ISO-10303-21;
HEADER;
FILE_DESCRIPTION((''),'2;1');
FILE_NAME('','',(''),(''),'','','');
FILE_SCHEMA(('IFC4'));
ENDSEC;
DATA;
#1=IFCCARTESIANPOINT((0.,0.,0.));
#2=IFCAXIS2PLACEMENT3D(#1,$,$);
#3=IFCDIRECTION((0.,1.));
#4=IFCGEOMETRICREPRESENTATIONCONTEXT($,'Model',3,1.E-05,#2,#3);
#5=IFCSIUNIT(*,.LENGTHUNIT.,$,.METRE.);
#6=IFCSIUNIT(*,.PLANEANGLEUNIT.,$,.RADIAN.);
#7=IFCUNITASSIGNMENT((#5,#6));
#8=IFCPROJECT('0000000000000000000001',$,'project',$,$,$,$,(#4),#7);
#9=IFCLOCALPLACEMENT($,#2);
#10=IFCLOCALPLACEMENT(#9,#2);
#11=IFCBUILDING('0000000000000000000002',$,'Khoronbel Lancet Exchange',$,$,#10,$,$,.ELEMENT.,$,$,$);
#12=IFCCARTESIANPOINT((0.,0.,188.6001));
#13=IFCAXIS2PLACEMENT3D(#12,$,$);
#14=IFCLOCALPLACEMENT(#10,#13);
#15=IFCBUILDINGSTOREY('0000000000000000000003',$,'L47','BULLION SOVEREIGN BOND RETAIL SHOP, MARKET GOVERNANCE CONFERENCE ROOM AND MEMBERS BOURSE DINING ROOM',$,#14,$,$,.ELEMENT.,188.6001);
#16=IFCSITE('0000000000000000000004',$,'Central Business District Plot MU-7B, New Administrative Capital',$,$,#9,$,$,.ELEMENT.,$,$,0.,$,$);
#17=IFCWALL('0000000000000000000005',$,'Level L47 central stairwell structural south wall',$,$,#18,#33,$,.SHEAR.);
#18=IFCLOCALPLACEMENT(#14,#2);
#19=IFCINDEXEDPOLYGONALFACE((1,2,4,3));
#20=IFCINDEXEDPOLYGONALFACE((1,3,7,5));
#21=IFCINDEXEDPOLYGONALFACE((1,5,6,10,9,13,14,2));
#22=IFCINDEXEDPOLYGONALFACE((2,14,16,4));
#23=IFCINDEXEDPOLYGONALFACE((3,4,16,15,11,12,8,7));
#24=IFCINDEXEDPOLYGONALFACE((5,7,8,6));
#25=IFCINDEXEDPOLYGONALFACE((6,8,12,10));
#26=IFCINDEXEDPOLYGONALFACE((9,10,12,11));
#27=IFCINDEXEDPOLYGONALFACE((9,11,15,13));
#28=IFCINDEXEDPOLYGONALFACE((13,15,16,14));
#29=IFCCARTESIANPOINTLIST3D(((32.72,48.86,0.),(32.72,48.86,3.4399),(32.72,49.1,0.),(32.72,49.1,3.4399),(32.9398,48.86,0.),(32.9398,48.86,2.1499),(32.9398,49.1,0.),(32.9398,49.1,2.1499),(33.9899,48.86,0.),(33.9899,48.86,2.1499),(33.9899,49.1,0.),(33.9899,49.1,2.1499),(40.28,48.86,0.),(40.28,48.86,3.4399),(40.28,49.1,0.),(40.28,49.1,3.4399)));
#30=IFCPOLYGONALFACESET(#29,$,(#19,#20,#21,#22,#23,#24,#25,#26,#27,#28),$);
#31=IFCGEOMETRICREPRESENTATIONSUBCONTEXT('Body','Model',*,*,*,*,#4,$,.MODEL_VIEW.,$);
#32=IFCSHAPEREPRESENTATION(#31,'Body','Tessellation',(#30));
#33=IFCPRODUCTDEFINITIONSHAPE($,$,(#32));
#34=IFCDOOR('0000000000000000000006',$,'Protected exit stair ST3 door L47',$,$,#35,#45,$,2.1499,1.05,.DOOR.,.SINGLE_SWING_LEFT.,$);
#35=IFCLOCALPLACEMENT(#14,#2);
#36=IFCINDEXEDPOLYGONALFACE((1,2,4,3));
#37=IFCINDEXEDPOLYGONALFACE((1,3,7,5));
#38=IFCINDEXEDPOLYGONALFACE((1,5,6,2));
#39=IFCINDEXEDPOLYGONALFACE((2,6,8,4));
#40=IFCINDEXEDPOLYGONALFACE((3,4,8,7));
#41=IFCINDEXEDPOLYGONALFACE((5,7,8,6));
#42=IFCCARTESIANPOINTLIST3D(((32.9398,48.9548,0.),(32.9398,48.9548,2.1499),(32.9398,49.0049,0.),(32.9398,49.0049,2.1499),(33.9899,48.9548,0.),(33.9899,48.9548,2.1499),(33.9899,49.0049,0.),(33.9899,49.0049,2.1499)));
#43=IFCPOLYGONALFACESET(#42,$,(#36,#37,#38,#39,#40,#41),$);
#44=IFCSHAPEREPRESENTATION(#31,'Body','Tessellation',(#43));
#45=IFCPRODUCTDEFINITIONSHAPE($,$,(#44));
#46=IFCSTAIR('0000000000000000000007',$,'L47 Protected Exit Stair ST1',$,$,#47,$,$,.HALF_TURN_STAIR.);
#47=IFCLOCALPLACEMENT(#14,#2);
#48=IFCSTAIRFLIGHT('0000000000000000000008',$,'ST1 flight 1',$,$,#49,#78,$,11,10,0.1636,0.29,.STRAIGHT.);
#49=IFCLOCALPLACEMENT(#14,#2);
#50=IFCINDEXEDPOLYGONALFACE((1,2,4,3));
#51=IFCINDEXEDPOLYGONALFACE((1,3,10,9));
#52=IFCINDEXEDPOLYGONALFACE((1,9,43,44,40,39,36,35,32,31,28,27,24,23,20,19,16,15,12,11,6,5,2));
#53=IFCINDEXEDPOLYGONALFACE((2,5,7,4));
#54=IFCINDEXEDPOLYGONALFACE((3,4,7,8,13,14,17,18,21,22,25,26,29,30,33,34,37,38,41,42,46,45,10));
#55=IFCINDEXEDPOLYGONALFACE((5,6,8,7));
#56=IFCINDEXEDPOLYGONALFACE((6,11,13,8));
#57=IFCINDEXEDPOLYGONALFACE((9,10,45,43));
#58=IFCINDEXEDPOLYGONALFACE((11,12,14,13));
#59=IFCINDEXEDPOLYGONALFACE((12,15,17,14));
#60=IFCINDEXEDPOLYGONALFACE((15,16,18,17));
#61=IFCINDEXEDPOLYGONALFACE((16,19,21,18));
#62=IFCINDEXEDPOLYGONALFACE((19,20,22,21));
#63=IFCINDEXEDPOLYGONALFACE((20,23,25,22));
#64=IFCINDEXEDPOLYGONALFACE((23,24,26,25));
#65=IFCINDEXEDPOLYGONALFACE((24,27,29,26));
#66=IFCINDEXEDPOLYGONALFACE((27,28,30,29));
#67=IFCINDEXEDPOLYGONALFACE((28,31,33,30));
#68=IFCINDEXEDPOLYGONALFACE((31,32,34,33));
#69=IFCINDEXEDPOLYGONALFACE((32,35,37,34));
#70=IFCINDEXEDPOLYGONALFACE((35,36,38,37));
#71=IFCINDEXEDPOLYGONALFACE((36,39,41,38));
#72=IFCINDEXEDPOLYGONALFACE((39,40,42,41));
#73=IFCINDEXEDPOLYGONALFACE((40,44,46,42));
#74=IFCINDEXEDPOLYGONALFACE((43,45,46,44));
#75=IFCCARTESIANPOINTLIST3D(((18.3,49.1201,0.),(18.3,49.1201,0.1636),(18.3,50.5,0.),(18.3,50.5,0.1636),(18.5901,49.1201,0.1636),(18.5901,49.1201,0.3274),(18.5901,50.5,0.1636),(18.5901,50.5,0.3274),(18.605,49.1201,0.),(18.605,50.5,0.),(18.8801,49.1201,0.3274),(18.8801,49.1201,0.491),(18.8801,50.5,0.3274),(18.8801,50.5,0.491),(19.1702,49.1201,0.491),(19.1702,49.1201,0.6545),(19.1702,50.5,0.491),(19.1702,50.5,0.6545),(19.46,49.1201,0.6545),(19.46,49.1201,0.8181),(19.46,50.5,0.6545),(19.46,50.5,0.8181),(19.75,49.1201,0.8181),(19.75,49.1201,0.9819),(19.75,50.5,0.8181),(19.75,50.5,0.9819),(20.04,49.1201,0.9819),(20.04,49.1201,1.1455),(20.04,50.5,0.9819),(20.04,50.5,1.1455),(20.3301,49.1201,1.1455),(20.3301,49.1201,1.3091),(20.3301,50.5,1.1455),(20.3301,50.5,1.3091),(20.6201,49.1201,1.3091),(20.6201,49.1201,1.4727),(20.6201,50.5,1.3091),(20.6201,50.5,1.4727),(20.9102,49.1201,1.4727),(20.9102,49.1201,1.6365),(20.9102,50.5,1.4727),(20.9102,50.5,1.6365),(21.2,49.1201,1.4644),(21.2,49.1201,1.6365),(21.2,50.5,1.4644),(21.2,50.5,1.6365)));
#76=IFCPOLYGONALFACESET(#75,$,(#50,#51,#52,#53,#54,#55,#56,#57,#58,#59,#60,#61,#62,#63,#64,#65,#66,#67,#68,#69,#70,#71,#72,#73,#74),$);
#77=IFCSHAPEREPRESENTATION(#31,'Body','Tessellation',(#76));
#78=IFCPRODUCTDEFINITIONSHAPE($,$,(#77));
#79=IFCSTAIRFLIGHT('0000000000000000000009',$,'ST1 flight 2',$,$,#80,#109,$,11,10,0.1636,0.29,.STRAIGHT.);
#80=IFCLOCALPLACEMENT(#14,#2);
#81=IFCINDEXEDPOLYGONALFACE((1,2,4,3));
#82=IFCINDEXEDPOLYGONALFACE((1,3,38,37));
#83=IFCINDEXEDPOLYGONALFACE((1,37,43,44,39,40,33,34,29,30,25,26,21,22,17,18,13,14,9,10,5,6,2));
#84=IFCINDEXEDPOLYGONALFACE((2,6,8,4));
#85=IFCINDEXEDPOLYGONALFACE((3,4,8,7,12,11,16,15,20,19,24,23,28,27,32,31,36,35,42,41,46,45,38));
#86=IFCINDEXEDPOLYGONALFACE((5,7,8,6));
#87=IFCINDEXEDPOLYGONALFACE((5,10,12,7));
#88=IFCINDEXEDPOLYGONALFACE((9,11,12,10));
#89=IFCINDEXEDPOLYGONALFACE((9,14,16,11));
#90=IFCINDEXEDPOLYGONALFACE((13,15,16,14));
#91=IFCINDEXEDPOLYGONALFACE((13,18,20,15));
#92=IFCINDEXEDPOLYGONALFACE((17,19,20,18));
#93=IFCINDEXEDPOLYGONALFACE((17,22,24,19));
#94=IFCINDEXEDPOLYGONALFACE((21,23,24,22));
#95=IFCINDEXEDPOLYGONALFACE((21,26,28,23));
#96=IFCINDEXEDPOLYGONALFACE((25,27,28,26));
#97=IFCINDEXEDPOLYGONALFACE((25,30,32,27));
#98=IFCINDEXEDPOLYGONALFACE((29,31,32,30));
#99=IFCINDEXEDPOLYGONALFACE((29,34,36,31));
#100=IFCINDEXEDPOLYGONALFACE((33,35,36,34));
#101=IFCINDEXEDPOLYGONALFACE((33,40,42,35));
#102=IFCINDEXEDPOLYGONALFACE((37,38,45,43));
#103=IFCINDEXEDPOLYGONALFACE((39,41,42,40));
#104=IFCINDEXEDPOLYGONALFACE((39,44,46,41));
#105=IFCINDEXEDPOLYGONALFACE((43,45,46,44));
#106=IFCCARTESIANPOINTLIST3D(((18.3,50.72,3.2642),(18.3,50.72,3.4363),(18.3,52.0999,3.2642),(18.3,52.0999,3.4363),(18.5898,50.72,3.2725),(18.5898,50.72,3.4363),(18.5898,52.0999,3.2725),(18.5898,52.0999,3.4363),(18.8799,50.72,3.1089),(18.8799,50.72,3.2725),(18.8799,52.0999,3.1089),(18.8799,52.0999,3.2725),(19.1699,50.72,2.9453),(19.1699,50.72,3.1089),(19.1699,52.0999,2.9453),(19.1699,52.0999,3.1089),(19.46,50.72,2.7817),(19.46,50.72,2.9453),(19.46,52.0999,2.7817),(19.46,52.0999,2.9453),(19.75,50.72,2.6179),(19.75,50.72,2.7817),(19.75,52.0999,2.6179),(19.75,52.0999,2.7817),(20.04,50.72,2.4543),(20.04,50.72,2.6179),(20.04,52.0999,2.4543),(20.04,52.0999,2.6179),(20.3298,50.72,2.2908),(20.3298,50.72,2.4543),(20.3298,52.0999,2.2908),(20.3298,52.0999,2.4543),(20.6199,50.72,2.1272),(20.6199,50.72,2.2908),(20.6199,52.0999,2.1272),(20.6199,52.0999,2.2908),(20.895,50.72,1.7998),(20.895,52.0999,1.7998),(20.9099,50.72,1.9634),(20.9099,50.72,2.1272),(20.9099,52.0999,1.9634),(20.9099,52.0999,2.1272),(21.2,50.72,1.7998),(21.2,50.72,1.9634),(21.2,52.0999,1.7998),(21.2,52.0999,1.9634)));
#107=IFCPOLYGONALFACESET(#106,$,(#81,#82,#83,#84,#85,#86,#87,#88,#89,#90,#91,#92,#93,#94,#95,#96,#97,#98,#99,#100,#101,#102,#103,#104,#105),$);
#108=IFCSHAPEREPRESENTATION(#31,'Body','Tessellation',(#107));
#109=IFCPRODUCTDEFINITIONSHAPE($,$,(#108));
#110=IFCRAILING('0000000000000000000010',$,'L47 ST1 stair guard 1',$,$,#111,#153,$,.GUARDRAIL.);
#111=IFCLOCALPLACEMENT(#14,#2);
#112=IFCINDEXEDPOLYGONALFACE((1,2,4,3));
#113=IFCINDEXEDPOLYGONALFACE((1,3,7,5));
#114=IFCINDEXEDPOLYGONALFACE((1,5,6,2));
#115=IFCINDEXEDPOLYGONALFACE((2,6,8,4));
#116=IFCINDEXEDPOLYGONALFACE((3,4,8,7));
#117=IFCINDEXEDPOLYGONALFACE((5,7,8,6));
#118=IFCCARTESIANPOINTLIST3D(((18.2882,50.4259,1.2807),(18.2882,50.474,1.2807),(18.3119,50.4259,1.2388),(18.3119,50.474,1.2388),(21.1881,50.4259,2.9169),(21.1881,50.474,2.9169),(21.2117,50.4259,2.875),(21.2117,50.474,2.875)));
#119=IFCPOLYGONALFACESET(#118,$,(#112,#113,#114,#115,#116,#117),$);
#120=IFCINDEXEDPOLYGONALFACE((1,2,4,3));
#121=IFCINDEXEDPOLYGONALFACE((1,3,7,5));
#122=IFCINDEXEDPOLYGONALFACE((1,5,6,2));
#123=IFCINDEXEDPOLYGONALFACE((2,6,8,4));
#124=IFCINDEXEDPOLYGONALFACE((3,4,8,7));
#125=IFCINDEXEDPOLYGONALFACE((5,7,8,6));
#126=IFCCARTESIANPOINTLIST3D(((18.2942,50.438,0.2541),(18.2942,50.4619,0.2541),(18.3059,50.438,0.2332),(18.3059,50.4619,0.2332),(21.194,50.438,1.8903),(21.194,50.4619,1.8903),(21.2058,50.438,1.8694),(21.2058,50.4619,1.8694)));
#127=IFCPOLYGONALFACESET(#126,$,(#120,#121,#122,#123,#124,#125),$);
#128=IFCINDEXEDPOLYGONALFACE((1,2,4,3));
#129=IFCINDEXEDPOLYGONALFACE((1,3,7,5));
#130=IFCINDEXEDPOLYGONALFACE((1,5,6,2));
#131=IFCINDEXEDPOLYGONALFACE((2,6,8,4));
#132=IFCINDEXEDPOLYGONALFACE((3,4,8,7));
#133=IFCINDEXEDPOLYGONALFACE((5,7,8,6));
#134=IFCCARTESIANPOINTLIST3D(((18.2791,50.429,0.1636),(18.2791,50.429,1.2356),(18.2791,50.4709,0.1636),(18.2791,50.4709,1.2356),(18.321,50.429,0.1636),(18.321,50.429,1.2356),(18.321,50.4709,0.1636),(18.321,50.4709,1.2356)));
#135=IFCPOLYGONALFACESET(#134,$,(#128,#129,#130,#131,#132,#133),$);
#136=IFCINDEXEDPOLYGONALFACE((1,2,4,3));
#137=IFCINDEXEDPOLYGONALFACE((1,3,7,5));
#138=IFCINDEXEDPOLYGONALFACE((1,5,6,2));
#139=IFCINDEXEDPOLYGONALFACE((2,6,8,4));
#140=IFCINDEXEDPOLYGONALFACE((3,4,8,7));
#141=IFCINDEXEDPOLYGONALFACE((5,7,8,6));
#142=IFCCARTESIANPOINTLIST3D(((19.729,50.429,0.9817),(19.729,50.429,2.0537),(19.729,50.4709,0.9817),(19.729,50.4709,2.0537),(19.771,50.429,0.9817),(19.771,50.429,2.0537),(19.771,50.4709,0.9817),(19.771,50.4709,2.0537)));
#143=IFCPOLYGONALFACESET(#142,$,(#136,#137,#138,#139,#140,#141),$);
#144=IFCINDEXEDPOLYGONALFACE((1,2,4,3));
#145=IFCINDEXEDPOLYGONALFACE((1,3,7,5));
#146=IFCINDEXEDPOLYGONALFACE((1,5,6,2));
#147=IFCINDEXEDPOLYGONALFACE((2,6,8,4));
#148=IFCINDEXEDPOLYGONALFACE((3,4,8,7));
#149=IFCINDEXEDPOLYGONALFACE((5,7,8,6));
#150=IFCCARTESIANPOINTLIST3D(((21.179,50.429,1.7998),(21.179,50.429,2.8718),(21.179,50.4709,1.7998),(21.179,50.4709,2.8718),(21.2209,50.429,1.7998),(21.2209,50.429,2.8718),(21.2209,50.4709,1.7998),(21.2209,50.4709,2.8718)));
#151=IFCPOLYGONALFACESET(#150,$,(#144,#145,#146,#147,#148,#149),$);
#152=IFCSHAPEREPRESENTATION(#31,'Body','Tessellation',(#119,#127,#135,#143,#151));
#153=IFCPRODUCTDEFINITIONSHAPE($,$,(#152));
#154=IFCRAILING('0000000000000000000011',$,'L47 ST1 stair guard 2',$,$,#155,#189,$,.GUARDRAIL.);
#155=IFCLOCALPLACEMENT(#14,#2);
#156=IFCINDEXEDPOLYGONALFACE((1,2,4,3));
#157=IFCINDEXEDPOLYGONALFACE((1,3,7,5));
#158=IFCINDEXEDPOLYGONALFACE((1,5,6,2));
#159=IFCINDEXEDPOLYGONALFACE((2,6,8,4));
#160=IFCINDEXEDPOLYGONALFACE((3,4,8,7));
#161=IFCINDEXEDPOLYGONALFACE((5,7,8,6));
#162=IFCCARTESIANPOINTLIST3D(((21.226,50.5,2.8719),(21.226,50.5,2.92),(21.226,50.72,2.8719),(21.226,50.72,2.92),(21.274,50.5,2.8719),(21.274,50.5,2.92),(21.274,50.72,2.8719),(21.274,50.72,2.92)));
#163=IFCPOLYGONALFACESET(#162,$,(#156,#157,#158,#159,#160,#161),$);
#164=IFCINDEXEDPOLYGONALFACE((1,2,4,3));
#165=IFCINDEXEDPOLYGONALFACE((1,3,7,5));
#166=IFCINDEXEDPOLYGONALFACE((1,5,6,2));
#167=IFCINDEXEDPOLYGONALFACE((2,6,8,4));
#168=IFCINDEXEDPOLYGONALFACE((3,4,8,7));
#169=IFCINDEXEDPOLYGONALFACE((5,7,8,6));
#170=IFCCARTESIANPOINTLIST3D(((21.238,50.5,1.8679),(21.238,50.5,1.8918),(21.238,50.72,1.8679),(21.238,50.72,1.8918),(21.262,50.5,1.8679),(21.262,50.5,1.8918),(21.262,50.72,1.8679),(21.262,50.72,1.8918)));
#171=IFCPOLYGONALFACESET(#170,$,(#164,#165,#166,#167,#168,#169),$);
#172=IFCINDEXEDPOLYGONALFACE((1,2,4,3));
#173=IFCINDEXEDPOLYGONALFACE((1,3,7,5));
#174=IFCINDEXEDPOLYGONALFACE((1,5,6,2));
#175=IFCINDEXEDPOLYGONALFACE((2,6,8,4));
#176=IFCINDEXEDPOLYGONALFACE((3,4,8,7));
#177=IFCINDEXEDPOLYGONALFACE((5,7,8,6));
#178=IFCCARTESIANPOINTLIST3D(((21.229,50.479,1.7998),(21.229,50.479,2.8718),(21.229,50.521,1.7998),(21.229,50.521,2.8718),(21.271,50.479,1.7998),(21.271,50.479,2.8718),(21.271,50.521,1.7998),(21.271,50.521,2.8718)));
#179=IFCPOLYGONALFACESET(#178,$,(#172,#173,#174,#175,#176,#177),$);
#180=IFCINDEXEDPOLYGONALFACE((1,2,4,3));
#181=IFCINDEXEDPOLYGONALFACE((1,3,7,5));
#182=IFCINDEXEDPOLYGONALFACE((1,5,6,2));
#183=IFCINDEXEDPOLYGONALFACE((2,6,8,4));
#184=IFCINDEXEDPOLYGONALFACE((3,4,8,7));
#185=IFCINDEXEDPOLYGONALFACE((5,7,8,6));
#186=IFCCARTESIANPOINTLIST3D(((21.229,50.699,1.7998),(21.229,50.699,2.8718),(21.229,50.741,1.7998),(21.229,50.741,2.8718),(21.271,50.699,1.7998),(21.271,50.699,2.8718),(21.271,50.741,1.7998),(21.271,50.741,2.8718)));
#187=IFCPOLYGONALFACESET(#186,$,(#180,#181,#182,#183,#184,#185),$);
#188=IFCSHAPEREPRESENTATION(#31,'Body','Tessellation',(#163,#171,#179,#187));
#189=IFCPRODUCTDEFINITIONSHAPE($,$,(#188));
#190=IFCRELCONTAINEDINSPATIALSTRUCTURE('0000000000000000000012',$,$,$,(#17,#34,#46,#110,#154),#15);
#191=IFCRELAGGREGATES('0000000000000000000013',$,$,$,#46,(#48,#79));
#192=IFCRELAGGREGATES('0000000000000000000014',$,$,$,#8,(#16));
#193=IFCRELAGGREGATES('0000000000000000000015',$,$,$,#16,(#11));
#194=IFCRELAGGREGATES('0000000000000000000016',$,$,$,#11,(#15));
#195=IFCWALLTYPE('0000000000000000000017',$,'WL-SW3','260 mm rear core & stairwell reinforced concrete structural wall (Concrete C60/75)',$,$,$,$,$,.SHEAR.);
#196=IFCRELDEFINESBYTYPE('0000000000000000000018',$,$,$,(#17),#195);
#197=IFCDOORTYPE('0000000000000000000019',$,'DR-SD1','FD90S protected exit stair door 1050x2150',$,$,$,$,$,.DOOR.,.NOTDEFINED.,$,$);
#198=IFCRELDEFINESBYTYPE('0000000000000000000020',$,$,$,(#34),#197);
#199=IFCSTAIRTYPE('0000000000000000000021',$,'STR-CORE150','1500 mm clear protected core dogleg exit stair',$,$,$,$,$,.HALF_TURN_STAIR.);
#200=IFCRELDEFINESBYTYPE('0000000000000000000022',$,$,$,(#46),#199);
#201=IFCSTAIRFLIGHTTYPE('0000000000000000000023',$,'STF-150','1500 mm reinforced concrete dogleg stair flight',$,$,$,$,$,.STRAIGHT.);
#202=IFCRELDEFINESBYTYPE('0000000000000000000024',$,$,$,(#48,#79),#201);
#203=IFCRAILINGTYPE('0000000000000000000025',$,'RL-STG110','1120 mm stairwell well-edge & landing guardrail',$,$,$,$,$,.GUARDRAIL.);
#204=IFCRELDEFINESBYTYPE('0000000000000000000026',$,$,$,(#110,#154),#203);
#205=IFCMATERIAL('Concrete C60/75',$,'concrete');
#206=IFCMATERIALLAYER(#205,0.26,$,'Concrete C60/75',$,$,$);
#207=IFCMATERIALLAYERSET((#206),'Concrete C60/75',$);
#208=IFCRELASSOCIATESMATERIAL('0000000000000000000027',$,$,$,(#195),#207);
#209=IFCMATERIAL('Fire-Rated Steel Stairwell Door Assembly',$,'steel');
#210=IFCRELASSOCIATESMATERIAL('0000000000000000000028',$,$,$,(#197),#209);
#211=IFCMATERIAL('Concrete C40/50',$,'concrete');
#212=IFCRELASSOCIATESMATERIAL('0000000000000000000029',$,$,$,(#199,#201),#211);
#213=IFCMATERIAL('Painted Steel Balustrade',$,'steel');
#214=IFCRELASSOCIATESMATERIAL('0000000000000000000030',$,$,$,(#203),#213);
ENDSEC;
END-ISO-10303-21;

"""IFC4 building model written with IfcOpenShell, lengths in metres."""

from ifc_helpers import new_model, si_unit, direction, frame, frame_2d, origin, origin_2d, place, context, subcontext, project, spatial, polyline, rectangle, outline, extrude, material, layer, layer_set, type_object, element, fill, aggregate, save


model = new_model("IFC4")

# Units and contexts
model_context = context("Model", 3, precision=1e-05, world=origin(), true_north=direction((0.0, 1.0)))
body_context = subcontext(model_context, "Body", "Model", "MODEL_VIEW")
ifc_project = project(units=[si_unit("LENGTHUNIT", "METRE"), si_unit("PLANEANGLEUNIT", "RADIAN")], contexts=[model_context])

# Site, building, storey
site_placement = place(None, origin())
site = spatial("IfcSite", under=ifc_project, at=site_placement, Name="Central Business District Plot MU-7B, New Administrative Capital", CompositionType="ELEMENT", RefElevation=0.0)
building_placement = place(site_placement, origin())
building = spatial("IfcBuilding", under=site, at=building_placement, Name="Khoronbel Lancet Exchange", CompositionType="ELEMENT")
storey_placement = place(building_placement, frame((0.0, 0.0, 188.6001)))
storey = spatial("IfcBuildingStorey", under=building, at=storey_placement, Name="L47", Description="BULLION SOVEREIGN BOND RETAIL SHOP, MARKET GOVERNANCE CONFERENCE ROOM AND MEMBERS BOURSE DINING ROOM", CompositionType="ELEMENT", Elevation=188.6001)

# Shared definitions
ifc_material_1 = material(Name="Concrete C60/75", Category="concrete")
ifc_layer_1 = layer(ifc_material_1, 0.26, Name="Concrete C60/75")
ifc_layer_set_1 = layer_set([ifc_layer_1], Name="Concrete C60/75")
wall_type_1 = type_object("IfcWallType", Name="WL-SW3", Description="260 mm rear core & stairwell reinforced concrete structural wall (Concrete C60/75)", PredefinedType="SHEAR", material=ifc_layer_set_1)

# Wall, opening, door
wall_1_placement = place(storey_placement, frame((32.72, 48.98, 0.0), z_axis=(0.0, 0.0, 1.0), x_axis=(1.0, 0.0, 0.0)))
wall_1 = element("IfcWall", 1, at=wall_1_placement, inside=storey, type_object=wall_type_1, Name="Level L47 central stairwell structural south wall", PredefinedType="SHEAR", context=body_context, shape_type="SweptSolid", body=[
    extrude(rectangle(XDim=7.5601, YDim=0.24, at=frame_2d((3.78, 0.0))), origin(), (0.0, 0.0, 1.0), 3.4399),
])
opening_1_placement = place(wall_1_placement, frame((0.22, 0.0, 0.0)))
opening_1 = element("IfcOpeningElement", 2, at=opening_1_placement, cuts=wall_1, PredefinedType="OPENING", context=body_context, shape_type="SweptSolid", body=[
    extrude(rectangle(XDim=1.05, YDim=2.1499, at=frame_2d((0.5249, 1.075))), frame((0.0, 0.1299, 0.0), z_axis=(0.0, -1.0, 0.0), x_axis=(1.0, 0.0, 0.0)), (0.0, 0.0, 1.0), 0.26),
])
ifc_material_2 = material(Name="Fire-Rated Steel Stairwell Door Assembly", Category="steel")
door_type_1 = type_object("IfcDoorType", Name="DR-SD1", Description="FD90S protected exit stair door 1050x2150", OperationType="NOTDEFINED", PredefinedType="DOOR", material=ifc_material_2)
door_1_placement = place(opening_1_placement, origin())
door_1 = element("IfcDoor", 3, at=door_1_placement, inside=storey, type_object=door_type_1, Name="Protected exit stair ST3 door L47", OperationType="SINGLE_SWING_LEFT", OverallHeight=2.1499, OverallWidth=1.05, PredefinedType="DOOR", context=body_context, shape_type="SweptSolid", body=[
    extrude(rectangle(XDim=1.05, YDim=2.1499, at=frame_2d((0.5249, 1.075))), frame((0.0, 0.0249, 0.0), z_axis=(0.0, -1.0, 0.0), x_axis=(1.0, 0.0, 0.0)), (0.0, 0.0, 1.0), 0.05),
])
fill(opening_1, door_1)

# Stair, stair flights
ifc_material_3 = material(Name="Concrete C40/50", Category="concrete")
stair_type = type_object("IfcStairType", Name="STR-CORE150", Description="1500 mm clear protected core dogleg exit stair", PredefinedType="HALF_TURN_STAIR", material=ifc_material_3)
stair_placement = place(storey_placement, origin())
stair = element("IfcStair", 4, at=stair_placement, inside=storey, type_object=stair_type, Name="L47 Protected Exit Stair ST1", PredefinedType="HALF_TURN_STAIR")
stair_flight_type = type_object("IfcStairFlightType", Name="STF-150", Description="1500 mm reinforced concrete dogleg stair flight", PredefinedType="STRAIGHT", material=ifc_material_3)
stair_flight_1_placement = place(storey_placement, frame((18.3, 49.8101, 0.0), z_axis=(0.0, 0.0, 1.0), x_axis=(1.0, 0.0, 0.0)))
stair_flight_1 = element("IfcStairFlight", 5, at=stair_flight_1_placement, type_object=stair_flight_type, Name="ST1 flight 1", NumberOfRisers=11, NumberOfTreads=10, PredefinedType="STRAIGHT", RiserHeight=0.1636, TreadLength=0.29, context=body_context, shape_type="SweptSolid", body=[
    extrude(outline(polyline([(0.0, 0.0), (0.0, 0.1636), (0.29, 0.1636), (0.29, 0.3274), (0.5801, 0.3274), (0.5801, 0.491), (0.8701, 0.491), (0.8701, 0.6545), (1.1599, 0.6545), (1.1599, 0.8181), (1.45, 0.8181), (1.45, 0.9819), (1.74, 0.9819), (1.74, 1.1455), (2.03, 1.1455), (2.03, 1.3091), (2.3201, 1.3091), (2.3201, 1.4727), (2.6101, 1.4727), (2.6101, 1.6365), (2.8999, 1.6365), (2.8999, 1.8), (2.8999, 1.4644), (0.3049, 0.0), (0.0, 0.0)])), frame((0.0, 0.6899, 0.0), z_axis=(0.0, -1.0, 0.0), x_axis=(1.0, 0.0, 0.0)), (0.0, 0.0, 1.0), 1.3799),
])
stair_flight_2_placement = place(storey_placement, frame((21.2, 51.4099, 1.7998), z_axis=(0.0, 0.0, 1.0), x_axis=(-1.0, 0.0, 0.0)))
stair_flight_2 = element("IfcStairFlight", 6, at=stair_flight_2_placement, type_object=stair_flight_type, Name="ST1 flight 2", NumberOfRisers=11, NumberOfTreads=10, PredefinedType="STRAIGHT", RiserHeight=0.1636, TreadLength=0.29, context=body_context, shape_type="SweptSolid", body=[
    extrude(outline(polyline([(0.0, 0.0), (0.0, 0.1636), (0.29, 0.1636), (0.29, 0.3274), (0.5801, 0.3274), (0.5801, 0.491), (0.8701, 0.491), (0.8701, 0.6545), (1.1599, 0.6545), (1.1599, 0.8181), (1.45, 0.8181), (1.45, 0.9819), (1.74, 0.9819), (1.74, 1.1455), (2.03, 1.1455), (2.03, 1.3091), (2.3201, 1.3091), (2.3201, 1.4727), (2.6101, 1.4727), (2.6101, 1.6365), (2.8999, 1.6365), (2.8999, 1.8), (2.8999, 1.4644), (0.3049, 0.0), (0.0, 0.0)])), frame((0.0, 0.6899, 0.0), z_axis=(0.0, -1.0, 0.0), x_axis=(1.0, 0.0, 0.0)), (0.0, 0.0, 1.0), 1.3799),
])
aggregate(stair, [stair_flight_1, stair_flight_2])

# Railings
ifc_material_4 = material(Name="Painted Steel Balustrade", Category="steel")
railing_type_1 = type_object("IfcRailingType", Name="RL-STG110", Description="1120 mm stairwell well-edge & landing guardrail", PredefinedType="GUARDRAIL", material=ifc_material_4)
railing_1_placement = place(storey_placement, frame((18.3, 50.45, 0.1636)))
element("IfcRailing", 7, at=railing_1_placement, inside=storey, type_object=railing_type_1, Name="L47 ST1 stair guard 1", PredefinedType="GUARDRAIL", context=body_context, shape_type="SweptSolid", body=[
    extrude(rectangle(XDim=0.0481, YDim=0.0481, at=origin_2d()), frame((0.0, 0.0, 1.0962), z_axis=(0.870929, 0.0, 0.49141), x_axis=(0.0, 1.0, 0.0)), (0.0, 0.0, 1.0), 3.3296),
    extrude(rectangle(XDim=0.0239, YDim=0.0239, at=origin_2d()), frame((0.0, 0.0, 0.0801), z_axis=(0.870929, 0.0, 0.49141), x_axis=(0.0, 1.0, 0.0)), (0.0, 0.0, 1.0), 3.3296),
    extrude(rectangle(XDim=0.042, YDim=0.042, at=origin_2d()), origin(), (0.0, 0.0, 1.0), 1.072),
    extrude(rectangle(XDim=0.042, YDim=0.042, at=origin_2d()), frame((1.45, 0.0, 0.8181)), (0.0, 0.0, 1.0), 1.072),
    extrude(rectangle(XDim=0.042, YDim=0.042, at=origin_2d()), frame((2.8999, 0.0, 1.6362)), (0.0, 0.0, 1.0), 1.072),
])
railing_2_placement = place(storey_placement, frame((21.25, 50.5, 1.7998)))
element("IfcRailing", 8, at=railing_2_placement, inside=storey, type_object=railing_type_1, Name="L47 ST1 stair guard 2", PredefinedType="GUARDRAIL", context=body_context, shape_type="SweptSolid", body=[
    extrude(rectangle(XDim=0.0481, YDim=0.0481, at=origin_2d()), frame((0.0, 0.0, 1.0962), z_axis=(0.0, 1.0, 0.0), x_axis=(-1.0, 0.0, 0.0)), (0.0, 0.0, 1.0), 0.22),
    extrude(rectangle(XDim=0.0239, YDim=0.0239, at=origin_2d()), frame((0.0, 0.0, 0.0801), z_axis=(0.0, 1.0, 0.0), x_axis=(-1.0, 0.0, 0.0)), (0.0, 0.0, 1.0), 0.22),
    extrude(rectangle(XDim=0.042, YDim=0.042, at=origin_2d()), origin(), (0.0, 0.0, 1.0), 1.072),
    extrude(rectangle(XDim=0.042, YDim=0.042, at=origin_2d()), frame((0.0, 0.22, 0.0)), (0.0, 0.0, 1.0), 1.072),
])

save(model, "model.ifc")
